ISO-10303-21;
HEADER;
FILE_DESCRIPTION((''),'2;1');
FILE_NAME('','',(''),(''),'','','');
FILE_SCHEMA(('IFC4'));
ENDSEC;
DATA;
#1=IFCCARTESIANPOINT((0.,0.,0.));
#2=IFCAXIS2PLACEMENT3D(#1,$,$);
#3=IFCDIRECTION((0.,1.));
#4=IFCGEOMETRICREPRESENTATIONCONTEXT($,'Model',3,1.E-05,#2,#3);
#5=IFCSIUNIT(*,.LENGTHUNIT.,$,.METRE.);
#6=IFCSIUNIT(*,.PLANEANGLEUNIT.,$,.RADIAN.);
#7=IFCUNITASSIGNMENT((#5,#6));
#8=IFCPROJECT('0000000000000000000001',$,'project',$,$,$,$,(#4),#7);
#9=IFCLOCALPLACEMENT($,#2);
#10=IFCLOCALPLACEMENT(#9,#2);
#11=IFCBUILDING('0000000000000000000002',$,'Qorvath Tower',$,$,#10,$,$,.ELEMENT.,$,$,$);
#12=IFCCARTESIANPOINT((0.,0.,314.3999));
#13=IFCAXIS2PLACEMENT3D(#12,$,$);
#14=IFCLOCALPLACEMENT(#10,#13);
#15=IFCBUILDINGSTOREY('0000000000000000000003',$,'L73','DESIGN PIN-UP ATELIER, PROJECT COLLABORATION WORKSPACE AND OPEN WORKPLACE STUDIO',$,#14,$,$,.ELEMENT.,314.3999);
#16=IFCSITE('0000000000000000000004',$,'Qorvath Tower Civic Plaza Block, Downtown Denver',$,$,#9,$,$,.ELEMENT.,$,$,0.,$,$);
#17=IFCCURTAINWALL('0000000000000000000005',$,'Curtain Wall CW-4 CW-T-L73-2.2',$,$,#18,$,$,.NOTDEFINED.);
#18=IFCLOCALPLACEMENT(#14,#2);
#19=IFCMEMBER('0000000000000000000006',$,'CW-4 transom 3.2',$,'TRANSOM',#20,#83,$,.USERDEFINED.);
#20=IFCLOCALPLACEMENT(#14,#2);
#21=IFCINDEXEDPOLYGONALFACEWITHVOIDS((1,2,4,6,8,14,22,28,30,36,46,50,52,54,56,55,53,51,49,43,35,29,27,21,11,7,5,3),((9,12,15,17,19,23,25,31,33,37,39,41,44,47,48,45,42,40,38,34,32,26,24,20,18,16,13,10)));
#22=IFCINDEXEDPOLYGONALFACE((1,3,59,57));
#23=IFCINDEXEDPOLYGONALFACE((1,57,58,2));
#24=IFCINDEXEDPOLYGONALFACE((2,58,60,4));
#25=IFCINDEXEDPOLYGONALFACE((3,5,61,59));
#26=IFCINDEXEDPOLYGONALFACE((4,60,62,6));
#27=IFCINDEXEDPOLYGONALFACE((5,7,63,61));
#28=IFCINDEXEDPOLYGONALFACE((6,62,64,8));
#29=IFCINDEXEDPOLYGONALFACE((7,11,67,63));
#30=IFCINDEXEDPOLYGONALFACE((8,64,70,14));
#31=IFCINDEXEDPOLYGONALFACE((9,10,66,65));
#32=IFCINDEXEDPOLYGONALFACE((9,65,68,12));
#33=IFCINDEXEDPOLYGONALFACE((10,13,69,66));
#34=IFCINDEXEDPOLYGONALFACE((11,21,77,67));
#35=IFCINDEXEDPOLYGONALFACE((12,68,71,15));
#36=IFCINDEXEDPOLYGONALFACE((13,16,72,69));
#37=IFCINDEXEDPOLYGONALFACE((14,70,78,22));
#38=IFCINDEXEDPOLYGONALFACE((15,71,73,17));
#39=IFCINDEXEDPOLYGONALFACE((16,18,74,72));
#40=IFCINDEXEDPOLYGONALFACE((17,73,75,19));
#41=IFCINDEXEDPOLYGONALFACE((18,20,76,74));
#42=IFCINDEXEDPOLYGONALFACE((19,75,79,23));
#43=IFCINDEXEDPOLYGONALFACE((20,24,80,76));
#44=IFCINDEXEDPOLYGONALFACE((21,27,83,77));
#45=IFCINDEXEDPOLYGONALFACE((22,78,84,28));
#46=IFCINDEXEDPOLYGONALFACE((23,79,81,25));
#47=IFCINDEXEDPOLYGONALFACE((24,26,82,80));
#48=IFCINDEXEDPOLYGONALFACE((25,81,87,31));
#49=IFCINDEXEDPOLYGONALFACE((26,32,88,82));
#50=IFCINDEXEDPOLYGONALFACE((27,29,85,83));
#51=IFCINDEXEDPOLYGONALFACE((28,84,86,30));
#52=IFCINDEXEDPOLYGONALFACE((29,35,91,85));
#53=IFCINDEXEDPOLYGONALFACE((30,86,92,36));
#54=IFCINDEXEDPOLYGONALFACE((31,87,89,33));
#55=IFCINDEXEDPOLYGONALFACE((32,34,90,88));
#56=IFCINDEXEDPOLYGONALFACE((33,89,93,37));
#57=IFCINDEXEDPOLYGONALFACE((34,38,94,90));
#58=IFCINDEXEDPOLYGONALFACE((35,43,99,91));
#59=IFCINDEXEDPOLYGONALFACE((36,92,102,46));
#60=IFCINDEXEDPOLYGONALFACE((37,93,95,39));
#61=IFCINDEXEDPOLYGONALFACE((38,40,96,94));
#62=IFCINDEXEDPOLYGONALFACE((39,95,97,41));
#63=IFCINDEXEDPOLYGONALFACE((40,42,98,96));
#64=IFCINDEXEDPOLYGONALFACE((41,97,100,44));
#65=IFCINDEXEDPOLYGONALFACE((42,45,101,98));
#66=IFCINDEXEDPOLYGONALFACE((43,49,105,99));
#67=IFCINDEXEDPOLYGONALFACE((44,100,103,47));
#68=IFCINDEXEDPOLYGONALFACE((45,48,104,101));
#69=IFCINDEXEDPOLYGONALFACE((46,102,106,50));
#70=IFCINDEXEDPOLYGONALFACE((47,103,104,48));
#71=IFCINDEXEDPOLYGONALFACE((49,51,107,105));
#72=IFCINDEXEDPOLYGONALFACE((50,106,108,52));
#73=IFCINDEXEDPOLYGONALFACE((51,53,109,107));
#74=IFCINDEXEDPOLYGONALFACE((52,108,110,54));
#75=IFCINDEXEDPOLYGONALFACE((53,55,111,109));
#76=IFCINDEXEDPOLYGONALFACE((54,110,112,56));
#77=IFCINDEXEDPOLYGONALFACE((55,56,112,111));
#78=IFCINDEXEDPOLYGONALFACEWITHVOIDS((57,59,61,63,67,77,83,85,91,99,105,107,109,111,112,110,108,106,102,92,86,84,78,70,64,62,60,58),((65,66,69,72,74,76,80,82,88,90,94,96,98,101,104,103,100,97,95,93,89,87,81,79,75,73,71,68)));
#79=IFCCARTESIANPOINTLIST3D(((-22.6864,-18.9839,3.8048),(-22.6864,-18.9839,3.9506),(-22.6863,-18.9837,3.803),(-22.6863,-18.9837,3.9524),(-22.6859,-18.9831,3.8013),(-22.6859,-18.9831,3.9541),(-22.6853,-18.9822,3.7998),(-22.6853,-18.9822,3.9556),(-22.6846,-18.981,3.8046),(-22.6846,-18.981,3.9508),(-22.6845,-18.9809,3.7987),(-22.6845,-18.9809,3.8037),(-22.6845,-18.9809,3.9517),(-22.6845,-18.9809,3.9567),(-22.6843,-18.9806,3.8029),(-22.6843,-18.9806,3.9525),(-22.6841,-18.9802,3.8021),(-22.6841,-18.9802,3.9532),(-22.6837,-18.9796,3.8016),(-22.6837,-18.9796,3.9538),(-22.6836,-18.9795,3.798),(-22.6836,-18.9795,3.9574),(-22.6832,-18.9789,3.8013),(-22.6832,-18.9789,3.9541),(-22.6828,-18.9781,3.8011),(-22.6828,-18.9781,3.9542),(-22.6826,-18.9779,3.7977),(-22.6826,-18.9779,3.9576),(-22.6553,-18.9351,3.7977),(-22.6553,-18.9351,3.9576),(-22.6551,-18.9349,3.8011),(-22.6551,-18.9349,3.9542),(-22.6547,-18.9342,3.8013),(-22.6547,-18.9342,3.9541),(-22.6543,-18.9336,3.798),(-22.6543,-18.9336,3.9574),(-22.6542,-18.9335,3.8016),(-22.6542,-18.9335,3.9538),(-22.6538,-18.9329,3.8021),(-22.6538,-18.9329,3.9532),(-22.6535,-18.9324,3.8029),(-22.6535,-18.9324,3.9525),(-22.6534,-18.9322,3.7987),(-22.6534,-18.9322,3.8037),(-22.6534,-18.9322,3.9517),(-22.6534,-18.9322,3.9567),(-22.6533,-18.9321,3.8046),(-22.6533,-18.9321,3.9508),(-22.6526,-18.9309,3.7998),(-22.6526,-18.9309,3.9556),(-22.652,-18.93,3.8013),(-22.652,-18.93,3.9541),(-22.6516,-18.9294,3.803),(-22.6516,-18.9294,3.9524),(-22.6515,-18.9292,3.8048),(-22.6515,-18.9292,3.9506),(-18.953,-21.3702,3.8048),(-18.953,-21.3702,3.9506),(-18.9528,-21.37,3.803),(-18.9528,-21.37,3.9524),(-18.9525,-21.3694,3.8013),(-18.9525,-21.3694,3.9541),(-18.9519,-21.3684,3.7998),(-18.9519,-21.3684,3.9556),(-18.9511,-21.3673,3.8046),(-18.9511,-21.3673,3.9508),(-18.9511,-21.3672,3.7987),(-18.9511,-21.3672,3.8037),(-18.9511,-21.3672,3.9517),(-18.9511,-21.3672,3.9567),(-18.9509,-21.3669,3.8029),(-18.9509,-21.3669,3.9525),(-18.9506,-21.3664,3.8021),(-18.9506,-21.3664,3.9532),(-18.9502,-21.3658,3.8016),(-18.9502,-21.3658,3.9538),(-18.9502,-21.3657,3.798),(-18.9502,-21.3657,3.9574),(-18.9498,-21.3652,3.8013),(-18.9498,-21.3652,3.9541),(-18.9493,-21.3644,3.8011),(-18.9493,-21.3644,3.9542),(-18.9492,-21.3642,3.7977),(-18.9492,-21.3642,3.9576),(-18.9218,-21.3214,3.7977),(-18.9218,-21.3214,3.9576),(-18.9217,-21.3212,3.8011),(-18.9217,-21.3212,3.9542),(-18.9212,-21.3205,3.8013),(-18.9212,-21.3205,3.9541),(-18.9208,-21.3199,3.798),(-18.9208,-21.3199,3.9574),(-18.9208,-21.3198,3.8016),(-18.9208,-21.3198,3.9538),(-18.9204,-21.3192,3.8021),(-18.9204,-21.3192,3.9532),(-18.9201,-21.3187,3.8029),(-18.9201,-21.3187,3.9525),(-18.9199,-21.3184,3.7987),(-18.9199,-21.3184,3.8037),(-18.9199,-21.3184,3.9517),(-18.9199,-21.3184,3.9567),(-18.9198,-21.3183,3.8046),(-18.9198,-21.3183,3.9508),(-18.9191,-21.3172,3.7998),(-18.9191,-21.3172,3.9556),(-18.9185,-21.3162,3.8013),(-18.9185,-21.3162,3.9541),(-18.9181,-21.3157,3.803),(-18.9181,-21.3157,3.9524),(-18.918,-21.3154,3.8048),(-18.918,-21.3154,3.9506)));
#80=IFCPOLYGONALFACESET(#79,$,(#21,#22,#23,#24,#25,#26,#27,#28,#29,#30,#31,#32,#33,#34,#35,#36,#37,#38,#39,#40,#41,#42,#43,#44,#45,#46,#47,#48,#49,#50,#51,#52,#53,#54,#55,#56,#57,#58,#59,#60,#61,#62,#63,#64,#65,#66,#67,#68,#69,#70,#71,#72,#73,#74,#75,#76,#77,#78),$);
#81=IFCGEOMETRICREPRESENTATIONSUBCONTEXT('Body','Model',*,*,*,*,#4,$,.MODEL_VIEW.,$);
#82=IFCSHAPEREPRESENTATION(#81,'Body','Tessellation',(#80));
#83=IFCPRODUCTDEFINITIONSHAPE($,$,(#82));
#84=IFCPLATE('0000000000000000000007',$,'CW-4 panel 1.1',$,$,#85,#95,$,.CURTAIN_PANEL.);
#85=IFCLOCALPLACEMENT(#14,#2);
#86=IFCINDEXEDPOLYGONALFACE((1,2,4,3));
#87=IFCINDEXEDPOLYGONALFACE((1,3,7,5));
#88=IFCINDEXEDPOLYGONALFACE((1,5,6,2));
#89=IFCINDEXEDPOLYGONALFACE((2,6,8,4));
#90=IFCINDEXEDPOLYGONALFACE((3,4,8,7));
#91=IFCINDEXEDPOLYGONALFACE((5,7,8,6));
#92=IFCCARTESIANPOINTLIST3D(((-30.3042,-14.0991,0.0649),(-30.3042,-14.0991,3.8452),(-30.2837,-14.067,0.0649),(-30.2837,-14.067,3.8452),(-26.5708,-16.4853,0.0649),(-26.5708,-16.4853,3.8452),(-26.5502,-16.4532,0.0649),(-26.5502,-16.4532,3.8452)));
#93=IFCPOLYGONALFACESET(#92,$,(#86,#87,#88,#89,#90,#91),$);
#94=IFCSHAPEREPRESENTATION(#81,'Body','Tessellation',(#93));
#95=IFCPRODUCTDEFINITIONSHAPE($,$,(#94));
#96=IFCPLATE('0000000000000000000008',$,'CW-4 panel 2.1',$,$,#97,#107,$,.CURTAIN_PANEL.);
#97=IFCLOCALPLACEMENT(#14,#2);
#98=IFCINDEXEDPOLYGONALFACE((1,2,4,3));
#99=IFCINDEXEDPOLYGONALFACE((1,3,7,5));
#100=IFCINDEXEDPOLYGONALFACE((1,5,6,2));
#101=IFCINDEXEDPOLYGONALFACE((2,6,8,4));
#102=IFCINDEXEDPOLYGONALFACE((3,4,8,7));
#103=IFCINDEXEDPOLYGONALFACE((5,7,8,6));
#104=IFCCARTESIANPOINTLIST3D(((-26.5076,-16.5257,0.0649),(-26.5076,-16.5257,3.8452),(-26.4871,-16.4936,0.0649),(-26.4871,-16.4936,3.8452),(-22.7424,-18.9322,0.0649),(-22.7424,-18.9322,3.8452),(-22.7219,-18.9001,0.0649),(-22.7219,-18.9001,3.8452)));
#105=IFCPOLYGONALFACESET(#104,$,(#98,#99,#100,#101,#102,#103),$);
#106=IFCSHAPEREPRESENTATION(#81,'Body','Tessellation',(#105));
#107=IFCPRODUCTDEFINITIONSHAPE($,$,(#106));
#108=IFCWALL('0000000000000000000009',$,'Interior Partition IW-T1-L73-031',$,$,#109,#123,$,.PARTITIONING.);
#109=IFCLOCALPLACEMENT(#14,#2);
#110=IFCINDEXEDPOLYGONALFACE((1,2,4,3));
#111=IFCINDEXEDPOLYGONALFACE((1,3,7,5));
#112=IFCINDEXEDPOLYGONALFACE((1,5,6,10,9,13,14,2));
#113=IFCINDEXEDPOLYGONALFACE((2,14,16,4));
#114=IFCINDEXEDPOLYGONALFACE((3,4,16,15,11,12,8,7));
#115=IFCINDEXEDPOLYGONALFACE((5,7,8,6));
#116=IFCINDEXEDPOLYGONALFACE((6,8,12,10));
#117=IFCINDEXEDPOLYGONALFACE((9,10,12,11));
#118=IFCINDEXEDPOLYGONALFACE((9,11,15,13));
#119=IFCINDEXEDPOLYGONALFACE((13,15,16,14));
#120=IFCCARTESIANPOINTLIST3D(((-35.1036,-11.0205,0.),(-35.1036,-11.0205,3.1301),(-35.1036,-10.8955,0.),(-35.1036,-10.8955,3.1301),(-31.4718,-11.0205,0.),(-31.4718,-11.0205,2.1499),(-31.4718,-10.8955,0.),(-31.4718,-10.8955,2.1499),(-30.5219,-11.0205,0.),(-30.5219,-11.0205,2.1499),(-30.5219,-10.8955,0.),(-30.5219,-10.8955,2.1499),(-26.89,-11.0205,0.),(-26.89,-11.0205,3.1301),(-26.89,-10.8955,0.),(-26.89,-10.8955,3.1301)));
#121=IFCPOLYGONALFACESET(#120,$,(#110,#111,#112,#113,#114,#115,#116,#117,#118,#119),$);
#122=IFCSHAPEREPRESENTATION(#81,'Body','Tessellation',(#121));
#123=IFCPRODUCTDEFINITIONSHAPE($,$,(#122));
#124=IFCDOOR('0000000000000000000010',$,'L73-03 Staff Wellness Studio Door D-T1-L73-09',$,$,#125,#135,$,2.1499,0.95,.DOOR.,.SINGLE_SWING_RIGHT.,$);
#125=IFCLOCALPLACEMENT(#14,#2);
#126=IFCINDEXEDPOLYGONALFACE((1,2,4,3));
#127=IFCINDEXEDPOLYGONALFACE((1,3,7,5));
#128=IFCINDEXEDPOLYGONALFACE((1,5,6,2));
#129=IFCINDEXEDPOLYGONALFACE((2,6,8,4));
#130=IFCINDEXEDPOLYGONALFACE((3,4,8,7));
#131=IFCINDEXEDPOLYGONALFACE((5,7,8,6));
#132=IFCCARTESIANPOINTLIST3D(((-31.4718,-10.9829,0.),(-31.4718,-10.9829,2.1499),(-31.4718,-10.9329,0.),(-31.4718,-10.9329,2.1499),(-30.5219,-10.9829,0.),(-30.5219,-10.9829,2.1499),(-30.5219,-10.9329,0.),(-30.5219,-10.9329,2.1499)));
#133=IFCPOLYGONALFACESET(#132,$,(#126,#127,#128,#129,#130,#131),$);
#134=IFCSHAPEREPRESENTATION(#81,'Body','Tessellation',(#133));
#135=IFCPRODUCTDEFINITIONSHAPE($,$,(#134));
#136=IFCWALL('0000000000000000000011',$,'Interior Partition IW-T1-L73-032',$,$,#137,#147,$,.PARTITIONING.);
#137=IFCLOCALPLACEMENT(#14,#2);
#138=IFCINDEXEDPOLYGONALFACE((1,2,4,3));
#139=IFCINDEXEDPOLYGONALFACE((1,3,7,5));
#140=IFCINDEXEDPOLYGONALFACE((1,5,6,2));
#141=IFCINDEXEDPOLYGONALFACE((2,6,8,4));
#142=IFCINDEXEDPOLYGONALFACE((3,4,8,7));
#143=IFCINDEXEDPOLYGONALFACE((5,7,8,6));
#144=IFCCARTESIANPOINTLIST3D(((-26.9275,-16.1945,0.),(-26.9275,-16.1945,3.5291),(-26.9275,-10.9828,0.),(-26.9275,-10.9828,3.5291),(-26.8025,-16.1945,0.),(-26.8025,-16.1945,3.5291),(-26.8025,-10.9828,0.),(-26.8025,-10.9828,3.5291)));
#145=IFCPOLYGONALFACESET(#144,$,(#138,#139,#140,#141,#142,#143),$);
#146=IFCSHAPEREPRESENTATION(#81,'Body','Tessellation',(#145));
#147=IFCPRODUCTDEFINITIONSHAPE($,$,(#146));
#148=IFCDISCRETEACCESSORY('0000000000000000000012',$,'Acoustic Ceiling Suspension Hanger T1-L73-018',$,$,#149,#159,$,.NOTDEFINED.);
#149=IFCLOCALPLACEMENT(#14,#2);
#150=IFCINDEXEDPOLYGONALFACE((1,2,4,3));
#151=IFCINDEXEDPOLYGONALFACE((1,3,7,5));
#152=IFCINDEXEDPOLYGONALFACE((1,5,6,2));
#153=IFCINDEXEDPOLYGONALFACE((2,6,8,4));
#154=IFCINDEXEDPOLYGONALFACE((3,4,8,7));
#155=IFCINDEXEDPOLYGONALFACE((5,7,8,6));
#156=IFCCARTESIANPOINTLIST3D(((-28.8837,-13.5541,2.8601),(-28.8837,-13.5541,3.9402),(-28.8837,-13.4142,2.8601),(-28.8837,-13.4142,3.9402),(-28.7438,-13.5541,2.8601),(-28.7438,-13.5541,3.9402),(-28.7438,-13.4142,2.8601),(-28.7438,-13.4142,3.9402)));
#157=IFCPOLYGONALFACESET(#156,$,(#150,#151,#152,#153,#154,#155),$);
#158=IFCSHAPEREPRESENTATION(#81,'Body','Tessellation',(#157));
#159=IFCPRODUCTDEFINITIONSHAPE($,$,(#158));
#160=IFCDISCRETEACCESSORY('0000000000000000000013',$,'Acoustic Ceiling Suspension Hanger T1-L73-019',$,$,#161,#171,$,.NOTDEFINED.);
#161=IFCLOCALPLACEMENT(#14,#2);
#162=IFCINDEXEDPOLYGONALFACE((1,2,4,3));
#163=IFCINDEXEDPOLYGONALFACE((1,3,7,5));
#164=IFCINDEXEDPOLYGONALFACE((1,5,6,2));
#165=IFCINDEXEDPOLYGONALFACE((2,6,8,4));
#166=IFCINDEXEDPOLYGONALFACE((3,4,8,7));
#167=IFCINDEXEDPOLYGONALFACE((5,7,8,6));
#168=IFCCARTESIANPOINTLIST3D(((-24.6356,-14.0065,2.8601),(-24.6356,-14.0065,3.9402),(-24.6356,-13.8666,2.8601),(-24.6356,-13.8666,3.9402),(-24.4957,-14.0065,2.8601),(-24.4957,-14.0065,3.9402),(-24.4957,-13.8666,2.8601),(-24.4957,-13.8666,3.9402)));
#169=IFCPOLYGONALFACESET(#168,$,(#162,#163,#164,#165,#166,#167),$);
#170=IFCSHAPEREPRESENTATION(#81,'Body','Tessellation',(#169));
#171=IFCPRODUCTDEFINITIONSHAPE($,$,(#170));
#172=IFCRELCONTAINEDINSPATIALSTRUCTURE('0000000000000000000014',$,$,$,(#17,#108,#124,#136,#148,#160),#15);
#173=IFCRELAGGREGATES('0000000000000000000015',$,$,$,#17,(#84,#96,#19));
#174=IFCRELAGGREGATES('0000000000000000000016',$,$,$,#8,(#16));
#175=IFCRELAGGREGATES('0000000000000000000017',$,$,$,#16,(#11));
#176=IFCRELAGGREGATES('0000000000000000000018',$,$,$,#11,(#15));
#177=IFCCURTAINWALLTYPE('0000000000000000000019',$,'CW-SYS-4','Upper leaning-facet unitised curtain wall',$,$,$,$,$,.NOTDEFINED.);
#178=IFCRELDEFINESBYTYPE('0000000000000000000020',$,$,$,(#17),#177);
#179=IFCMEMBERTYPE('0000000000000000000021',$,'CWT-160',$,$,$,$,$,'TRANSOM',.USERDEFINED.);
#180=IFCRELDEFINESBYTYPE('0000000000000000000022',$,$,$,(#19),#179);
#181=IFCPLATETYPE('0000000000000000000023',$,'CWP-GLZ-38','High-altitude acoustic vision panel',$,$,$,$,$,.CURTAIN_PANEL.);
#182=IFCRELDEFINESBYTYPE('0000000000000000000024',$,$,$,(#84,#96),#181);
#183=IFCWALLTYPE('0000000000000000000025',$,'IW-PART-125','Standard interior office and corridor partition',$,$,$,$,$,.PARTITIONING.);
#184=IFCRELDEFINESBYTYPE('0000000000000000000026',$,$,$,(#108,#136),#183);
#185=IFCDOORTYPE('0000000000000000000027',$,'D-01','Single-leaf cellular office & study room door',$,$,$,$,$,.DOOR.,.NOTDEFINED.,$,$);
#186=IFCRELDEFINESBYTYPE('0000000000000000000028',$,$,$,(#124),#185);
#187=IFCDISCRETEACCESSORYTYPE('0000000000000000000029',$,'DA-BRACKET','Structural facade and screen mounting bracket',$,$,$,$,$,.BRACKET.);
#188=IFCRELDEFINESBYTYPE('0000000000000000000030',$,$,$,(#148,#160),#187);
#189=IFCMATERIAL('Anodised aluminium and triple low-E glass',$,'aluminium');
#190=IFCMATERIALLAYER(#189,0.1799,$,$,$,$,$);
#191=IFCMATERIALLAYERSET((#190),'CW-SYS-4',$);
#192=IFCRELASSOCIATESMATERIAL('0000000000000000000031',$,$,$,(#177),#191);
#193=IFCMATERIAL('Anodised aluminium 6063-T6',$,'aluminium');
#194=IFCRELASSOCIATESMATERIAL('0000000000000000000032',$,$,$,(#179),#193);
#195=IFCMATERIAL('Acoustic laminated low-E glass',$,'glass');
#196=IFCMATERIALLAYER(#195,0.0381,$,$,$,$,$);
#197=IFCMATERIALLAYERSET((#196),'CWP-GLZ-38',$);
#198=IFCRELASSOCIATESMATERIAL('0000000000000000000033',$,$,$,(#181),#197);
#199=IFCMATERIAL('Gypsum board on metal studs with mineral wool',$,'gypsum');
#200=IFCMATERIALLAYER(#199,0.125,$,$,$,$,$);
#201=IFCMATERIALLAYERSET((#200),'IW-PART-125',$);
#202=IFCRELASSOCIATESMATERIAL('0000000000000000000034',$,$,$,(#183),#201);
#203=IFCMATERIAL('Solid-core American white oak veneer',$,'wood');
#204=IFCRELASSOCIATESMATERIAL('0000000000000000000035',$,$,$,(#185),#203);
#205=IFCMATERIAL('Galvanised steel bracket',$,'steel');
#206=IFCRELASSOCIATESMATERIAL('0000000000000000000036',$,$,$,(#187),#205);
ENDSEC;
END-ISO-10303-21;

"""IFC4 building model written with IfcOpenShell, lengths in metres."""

from ifc_helpers import new_model, si_unit, direction, frame, frame_2d, origin, origin_2d, place, context, subcontext, project, spatial, rectangle, hollow_rectangle, extrude, material, layer, layer_set, material_profile, profile_set, type_object, element, fill, aggregate, save


model = new_model("IFC4")

# Units and contexts
model_context = context("Model", 3, precision=1e-05, world=origin(), true_north=direction((0.0, 1.0)))
body_context = subcontext(model_context, "Body", "Model", "MODEL_VIEW")
ifc_project = project(units=[si_unit("LENGTHUNIT", "METRE"), si_unit("PLANEANGLEUNIT", "RADIAN")], contexts=[model_context])

# Site, building, storey
site_placement = place(None, origin())
site = spatial("IfcSite", under=ifc_project, at=site_placement, Name="Qorvath Tower Civic Plaza Block, Downtown Denver", CompositionType="ELEMENT", RefElevation=0.0)
building_placement = place(site_placement, origin())
building = spatial("IfcBuilding", under=site, at=building_placement, Name="Qorvath Tower", CompositionType="ELEMENT")
storey_placement = place(building_placement, frame((0.0, 0.0, 314.3999)))
storey = spatial("IfcBuildingStorey", under=building, at=storey_placement, Name="L73", Description="DESIGN PIN-UP ATELIER, PROJECT COLLABORATION WORKSPACE AND OPEN WORKPLACE STUDIO", CompositionType="ELEMENT", Elevation=314.3999)

# Curtain wall, member, plates
ifc_material_1 = material(Name="Anodised aluminium and triple low-E glass", Category="aluminium")
ifc_layer_1 = layer(ifc_material_1, 0.1799)
ifc_layer_set_1 = layer_set([ifc_layer_1], Name="CW-SYS-4")
curtain_wall_type = type_object("IfcCurtainWallType", Name="CW-SYS-4", Description="Upper leaning-facet unitised curtain wall", PredefinedType="NOTDEFINED", material=ifc_layer_set_1)
curtain_wall_placement = place(storey_placement, origin())
curtain_wall = element("IfcCurtainWall", 1, at=curtain_wall_placement, inside=storey, type_object=curtain_wall_type, Name="Curtain Wall CW-4 CW-T-L73-2.2", PredefinedType="NOTDEFINED")
ifc_material_2 = material(Name="Anodised aluminium 6063-T6", Category="aluminium")
ifc_material_profile_1 = material_profile(ifc_material_2, hollow_rectangle(XDim=0.0649, YDim=0.1599, WallThickness=0.0034, InnerFilletRadius=0.0034, OuterFilletRadius=0.0071, at=origin_2d()), Name="CWT 160x65")
ifc_profile_set_1 = profile_set([ifc_material_profile_1], Name="Anodised aluminium 6063-T6")
member_type_1 = type_object("IfcMemberType", Name="CWT-160", ElementType="TRANSOM", PredefinedType="USERDEFINED", material=ifc_profile_set_1)
member_1_placement = place(storey_placement, frame((-22.6689, -18.9565, 3.8777), z_axis=(0.842593, -0.53855, 0.0), x_axis=(0.53855, 0.842593, 0.0)))
member_1 = element("IfcMember", 2, at=member_1_placement, type_object=member_type_1, Name="CW-4 transom 3.2", ObjectType="TRANSOM", PredefinedType="USERDEFINED", context=body_context, shape_type="SweptSolid", body=[
    extrude(hollow_rectangle(XDim=0.0649, YDim=0.1599, WallThickness=0.0034, InnerFilletRadius=0.0034, OuterFilletRadius=0.0071, at=origin_2d()), origin(), (0.0, 0.0, 1.0), 4.4309),
])
ifc_material_3 = material(Name="Acoustic laminated low-E glass", Category="glass")
ifc_layer_2 = layer(ifc_material_3, 0.0381)
ifc_layer_set_2 = layer_set([ifc_layer_2], Name="CWP-GLZ-38")
plate_type = type_object("IfcPlateType", Name="CWP-GLZ-38", Description="High-altitude acoustic vision panel", PredefinedType="CURTAIN_PANEL", material=ifc_layer_set_2)
plate_1_placement = place(storey_placement, frame((-28.4272, -15.2761, 0.0649), z_axis=(0.0, 0.0, 1.0), x_axis=(0.842602, -0.538536, 0.0)))
plate_1 = element("IfcPlate", 3, at=plate_1_placement, type_object=plate_type, Name="CW-4 panel 1.1", PredefinedType="CURTAIN_PANEL", context=body_context, shape_type="SweptSolid", body=[
    extrude(rectangle(XDim=4.4309, YDim=0.0381, at=origin_2d()), origin(), (0.0, 0.0, 1.0), 3.7803),
])
plate_2_placement = place(storey_placement, frame((-24.6147, -17.7129, 0.0649), z_axis=(0.0, 0.0, 1.0), x_axis=(0.842602, -0.538536, 0.0)))
plate_2 = element("IfcPlate", 4, at=plate_2_placement, type_object=plate_type, Name="CW-4 panel 2.1", PredefinedType="CURTAIN_PANEL", context=body_context, shape_type="SweptSolid", body=[
    extrude(rectangle(XDim=4.4685, YDim=0.0381, at=origin_2d()), origin(), (0.0, 0.0, 1.0), 3.7803),
])
aggregate(curtain_wall, [plate_1, plate_2, member_1])

# Wall, opening, door
ifc_material_4 = material(Name="Gypsum board on metal studs with mineral wool", Category="gypsum")
ifc_layer_3 = layer(ifc_material_4, 0.125)
ifc_layer_set_3 = layer_set([ifc_layer_3], Name="IW-PART-125")
wall_type = type_object("IfcWallType", Name="IW-PART-125", Description="Standard interior office and corridor partition", PredefinedType="PARTITIONING", material=ifc_layer_set_3)
wall_1_placement = place(storey_placement, frame((-26.8899, -10.958, 0.0), z_axis=(0.0, 0.0, 1.0), x_axis=(-1.0, 0.0, 0.0)))
wall_1 = element("IfcWall", 5, at=wall_1_placement, inside=storey, type_object=wall_type, Name="Interior Partition IW-T1-L73-031", PredefinedType="PARTITIONING", context=body_context, shape_type="SweptSolid", body=[
    extrude(rectangle(XDim=8.2136, YDim=0.125, at=frame_2d((4.1069, 0.0))), origin(), (0.0, 0.0, 1.0), 3.1301),
])
opening_placement = place(wall_1_placement, frame((3.6318, 0.0, 0.0)))
opening = element("IfcOpeningElement", 6, at=opening_placement, cuts=wall_1, PredefinedType="OPENING", context=body_context, shape_type="SweptSolid", body=[
    extrude(rectangle(XDim=0.95, YDim=2.1499, at=frame_2d((0.4751, 1.075))), frame((0.0, 0.0725, 0.0), z_axis=(0.0, -1.0, 0.0), x_axis=(1.0, 0.0, 0.0)), (0.0, 0.0, 1.0), 0.145),
])
ifc_material_5 = material(Name="Solid-core American white oak veneer", Category="wood")
door_type = type_object("IfcDoorType", Name="D-01", Description="Single-leaf cellular office & study room door", OperationType="NOTDEFINED", PredefinedType="DOOR", material=ifc_material_5)
door_placement = place(opening_placement, origin())
door = element("IfcDoor", 7, at=door_placement, inside=storey, type_object=door_type, Name="L73-03 Staff Wellness Studio Door D-T1-L73-09", OperationType="SINGLE_SWING_RIGHT", OverallHeight=2.1499, OverallWidth=0.95, PredefinedType="DOOR", context=body_context, shape_type="SweptSolid", body=[
    extrude(rectangle(XDim=0.95, YDim=2.1499, at=frame_2d((0.4751, 1.075))), frame((0.0, 0.0249, 0.0), z_axis=(0.0, -1.0, 0.0), x_axis=(1.0, 0.0, 0.0)), (0.0, 0.0, 1.0), 0.05),
])
fill(opening, door)

# Wall
wall_2_placement = place(storey_placement, frame((-26.865, -16.1946, 0.0), z_axis=(0.0, 0.0, 1.0), x_axis=(0.0, 1.0, 0.0)))
element("IfcWall", 8, at=wall_2_placement, inside=storey, type_object=wall_type, Name="Interior Partition IW-T1-L73-032", PredefinedType="PARTITIONING", context=body_context, shape_type="SweptSolid", body=[
    extrude(rectangle(XDim=5.2117, YDim=0.125, at=frame_2d((2.606, 0.0))), origin(), (0.0, 0.0, 1.0), 3.5291),
])

# Discrete accessories
ifc_material_6 = material(Name="Galvanised steel bracket", Category="steel")
discrete_accessory_type = type_object("IfcDiscreteAccessoryType", Name="DA-BRACKET", Description="Structural facade and screen mounting bracket", PredefinedType="BRACKET", material=ifc_material_6)
for number, where, z_axis, x_axis, name in (
    (9, (-28.8137, -13.4841, 2.8601), (0.0, 0.0, 1.0), (1.0, 0.0, 0.0), "Acoustic Ceiling Suspension Hanger T1-L73-018"),
    (10, (-24.5657, -13.9365, 2.8601), (0.0, 0.0, 1.0), (1.0, 0.0, 0.0), "Acoustic Ceiling Suspension Hanger T1-L73-019"),
):
    element("IfcDiscreteAccessory", number, at=place(storey_placement, frame(where, z_axis=z_axis, x_axis=x_axis)), inside=storey, type_object=discrete_accessory_type, Name=name, PredefinedType="NOTDEFINED", context=body_context, shape_type="SweptSolid", body=[
        extrude(rectangle(XDim=0.1399, YDim=0.1399, at=origin_2d()), origin(), (0.0, 0.0, 1.0), 1.0801),
    ])

save(model, "model.ifc")
